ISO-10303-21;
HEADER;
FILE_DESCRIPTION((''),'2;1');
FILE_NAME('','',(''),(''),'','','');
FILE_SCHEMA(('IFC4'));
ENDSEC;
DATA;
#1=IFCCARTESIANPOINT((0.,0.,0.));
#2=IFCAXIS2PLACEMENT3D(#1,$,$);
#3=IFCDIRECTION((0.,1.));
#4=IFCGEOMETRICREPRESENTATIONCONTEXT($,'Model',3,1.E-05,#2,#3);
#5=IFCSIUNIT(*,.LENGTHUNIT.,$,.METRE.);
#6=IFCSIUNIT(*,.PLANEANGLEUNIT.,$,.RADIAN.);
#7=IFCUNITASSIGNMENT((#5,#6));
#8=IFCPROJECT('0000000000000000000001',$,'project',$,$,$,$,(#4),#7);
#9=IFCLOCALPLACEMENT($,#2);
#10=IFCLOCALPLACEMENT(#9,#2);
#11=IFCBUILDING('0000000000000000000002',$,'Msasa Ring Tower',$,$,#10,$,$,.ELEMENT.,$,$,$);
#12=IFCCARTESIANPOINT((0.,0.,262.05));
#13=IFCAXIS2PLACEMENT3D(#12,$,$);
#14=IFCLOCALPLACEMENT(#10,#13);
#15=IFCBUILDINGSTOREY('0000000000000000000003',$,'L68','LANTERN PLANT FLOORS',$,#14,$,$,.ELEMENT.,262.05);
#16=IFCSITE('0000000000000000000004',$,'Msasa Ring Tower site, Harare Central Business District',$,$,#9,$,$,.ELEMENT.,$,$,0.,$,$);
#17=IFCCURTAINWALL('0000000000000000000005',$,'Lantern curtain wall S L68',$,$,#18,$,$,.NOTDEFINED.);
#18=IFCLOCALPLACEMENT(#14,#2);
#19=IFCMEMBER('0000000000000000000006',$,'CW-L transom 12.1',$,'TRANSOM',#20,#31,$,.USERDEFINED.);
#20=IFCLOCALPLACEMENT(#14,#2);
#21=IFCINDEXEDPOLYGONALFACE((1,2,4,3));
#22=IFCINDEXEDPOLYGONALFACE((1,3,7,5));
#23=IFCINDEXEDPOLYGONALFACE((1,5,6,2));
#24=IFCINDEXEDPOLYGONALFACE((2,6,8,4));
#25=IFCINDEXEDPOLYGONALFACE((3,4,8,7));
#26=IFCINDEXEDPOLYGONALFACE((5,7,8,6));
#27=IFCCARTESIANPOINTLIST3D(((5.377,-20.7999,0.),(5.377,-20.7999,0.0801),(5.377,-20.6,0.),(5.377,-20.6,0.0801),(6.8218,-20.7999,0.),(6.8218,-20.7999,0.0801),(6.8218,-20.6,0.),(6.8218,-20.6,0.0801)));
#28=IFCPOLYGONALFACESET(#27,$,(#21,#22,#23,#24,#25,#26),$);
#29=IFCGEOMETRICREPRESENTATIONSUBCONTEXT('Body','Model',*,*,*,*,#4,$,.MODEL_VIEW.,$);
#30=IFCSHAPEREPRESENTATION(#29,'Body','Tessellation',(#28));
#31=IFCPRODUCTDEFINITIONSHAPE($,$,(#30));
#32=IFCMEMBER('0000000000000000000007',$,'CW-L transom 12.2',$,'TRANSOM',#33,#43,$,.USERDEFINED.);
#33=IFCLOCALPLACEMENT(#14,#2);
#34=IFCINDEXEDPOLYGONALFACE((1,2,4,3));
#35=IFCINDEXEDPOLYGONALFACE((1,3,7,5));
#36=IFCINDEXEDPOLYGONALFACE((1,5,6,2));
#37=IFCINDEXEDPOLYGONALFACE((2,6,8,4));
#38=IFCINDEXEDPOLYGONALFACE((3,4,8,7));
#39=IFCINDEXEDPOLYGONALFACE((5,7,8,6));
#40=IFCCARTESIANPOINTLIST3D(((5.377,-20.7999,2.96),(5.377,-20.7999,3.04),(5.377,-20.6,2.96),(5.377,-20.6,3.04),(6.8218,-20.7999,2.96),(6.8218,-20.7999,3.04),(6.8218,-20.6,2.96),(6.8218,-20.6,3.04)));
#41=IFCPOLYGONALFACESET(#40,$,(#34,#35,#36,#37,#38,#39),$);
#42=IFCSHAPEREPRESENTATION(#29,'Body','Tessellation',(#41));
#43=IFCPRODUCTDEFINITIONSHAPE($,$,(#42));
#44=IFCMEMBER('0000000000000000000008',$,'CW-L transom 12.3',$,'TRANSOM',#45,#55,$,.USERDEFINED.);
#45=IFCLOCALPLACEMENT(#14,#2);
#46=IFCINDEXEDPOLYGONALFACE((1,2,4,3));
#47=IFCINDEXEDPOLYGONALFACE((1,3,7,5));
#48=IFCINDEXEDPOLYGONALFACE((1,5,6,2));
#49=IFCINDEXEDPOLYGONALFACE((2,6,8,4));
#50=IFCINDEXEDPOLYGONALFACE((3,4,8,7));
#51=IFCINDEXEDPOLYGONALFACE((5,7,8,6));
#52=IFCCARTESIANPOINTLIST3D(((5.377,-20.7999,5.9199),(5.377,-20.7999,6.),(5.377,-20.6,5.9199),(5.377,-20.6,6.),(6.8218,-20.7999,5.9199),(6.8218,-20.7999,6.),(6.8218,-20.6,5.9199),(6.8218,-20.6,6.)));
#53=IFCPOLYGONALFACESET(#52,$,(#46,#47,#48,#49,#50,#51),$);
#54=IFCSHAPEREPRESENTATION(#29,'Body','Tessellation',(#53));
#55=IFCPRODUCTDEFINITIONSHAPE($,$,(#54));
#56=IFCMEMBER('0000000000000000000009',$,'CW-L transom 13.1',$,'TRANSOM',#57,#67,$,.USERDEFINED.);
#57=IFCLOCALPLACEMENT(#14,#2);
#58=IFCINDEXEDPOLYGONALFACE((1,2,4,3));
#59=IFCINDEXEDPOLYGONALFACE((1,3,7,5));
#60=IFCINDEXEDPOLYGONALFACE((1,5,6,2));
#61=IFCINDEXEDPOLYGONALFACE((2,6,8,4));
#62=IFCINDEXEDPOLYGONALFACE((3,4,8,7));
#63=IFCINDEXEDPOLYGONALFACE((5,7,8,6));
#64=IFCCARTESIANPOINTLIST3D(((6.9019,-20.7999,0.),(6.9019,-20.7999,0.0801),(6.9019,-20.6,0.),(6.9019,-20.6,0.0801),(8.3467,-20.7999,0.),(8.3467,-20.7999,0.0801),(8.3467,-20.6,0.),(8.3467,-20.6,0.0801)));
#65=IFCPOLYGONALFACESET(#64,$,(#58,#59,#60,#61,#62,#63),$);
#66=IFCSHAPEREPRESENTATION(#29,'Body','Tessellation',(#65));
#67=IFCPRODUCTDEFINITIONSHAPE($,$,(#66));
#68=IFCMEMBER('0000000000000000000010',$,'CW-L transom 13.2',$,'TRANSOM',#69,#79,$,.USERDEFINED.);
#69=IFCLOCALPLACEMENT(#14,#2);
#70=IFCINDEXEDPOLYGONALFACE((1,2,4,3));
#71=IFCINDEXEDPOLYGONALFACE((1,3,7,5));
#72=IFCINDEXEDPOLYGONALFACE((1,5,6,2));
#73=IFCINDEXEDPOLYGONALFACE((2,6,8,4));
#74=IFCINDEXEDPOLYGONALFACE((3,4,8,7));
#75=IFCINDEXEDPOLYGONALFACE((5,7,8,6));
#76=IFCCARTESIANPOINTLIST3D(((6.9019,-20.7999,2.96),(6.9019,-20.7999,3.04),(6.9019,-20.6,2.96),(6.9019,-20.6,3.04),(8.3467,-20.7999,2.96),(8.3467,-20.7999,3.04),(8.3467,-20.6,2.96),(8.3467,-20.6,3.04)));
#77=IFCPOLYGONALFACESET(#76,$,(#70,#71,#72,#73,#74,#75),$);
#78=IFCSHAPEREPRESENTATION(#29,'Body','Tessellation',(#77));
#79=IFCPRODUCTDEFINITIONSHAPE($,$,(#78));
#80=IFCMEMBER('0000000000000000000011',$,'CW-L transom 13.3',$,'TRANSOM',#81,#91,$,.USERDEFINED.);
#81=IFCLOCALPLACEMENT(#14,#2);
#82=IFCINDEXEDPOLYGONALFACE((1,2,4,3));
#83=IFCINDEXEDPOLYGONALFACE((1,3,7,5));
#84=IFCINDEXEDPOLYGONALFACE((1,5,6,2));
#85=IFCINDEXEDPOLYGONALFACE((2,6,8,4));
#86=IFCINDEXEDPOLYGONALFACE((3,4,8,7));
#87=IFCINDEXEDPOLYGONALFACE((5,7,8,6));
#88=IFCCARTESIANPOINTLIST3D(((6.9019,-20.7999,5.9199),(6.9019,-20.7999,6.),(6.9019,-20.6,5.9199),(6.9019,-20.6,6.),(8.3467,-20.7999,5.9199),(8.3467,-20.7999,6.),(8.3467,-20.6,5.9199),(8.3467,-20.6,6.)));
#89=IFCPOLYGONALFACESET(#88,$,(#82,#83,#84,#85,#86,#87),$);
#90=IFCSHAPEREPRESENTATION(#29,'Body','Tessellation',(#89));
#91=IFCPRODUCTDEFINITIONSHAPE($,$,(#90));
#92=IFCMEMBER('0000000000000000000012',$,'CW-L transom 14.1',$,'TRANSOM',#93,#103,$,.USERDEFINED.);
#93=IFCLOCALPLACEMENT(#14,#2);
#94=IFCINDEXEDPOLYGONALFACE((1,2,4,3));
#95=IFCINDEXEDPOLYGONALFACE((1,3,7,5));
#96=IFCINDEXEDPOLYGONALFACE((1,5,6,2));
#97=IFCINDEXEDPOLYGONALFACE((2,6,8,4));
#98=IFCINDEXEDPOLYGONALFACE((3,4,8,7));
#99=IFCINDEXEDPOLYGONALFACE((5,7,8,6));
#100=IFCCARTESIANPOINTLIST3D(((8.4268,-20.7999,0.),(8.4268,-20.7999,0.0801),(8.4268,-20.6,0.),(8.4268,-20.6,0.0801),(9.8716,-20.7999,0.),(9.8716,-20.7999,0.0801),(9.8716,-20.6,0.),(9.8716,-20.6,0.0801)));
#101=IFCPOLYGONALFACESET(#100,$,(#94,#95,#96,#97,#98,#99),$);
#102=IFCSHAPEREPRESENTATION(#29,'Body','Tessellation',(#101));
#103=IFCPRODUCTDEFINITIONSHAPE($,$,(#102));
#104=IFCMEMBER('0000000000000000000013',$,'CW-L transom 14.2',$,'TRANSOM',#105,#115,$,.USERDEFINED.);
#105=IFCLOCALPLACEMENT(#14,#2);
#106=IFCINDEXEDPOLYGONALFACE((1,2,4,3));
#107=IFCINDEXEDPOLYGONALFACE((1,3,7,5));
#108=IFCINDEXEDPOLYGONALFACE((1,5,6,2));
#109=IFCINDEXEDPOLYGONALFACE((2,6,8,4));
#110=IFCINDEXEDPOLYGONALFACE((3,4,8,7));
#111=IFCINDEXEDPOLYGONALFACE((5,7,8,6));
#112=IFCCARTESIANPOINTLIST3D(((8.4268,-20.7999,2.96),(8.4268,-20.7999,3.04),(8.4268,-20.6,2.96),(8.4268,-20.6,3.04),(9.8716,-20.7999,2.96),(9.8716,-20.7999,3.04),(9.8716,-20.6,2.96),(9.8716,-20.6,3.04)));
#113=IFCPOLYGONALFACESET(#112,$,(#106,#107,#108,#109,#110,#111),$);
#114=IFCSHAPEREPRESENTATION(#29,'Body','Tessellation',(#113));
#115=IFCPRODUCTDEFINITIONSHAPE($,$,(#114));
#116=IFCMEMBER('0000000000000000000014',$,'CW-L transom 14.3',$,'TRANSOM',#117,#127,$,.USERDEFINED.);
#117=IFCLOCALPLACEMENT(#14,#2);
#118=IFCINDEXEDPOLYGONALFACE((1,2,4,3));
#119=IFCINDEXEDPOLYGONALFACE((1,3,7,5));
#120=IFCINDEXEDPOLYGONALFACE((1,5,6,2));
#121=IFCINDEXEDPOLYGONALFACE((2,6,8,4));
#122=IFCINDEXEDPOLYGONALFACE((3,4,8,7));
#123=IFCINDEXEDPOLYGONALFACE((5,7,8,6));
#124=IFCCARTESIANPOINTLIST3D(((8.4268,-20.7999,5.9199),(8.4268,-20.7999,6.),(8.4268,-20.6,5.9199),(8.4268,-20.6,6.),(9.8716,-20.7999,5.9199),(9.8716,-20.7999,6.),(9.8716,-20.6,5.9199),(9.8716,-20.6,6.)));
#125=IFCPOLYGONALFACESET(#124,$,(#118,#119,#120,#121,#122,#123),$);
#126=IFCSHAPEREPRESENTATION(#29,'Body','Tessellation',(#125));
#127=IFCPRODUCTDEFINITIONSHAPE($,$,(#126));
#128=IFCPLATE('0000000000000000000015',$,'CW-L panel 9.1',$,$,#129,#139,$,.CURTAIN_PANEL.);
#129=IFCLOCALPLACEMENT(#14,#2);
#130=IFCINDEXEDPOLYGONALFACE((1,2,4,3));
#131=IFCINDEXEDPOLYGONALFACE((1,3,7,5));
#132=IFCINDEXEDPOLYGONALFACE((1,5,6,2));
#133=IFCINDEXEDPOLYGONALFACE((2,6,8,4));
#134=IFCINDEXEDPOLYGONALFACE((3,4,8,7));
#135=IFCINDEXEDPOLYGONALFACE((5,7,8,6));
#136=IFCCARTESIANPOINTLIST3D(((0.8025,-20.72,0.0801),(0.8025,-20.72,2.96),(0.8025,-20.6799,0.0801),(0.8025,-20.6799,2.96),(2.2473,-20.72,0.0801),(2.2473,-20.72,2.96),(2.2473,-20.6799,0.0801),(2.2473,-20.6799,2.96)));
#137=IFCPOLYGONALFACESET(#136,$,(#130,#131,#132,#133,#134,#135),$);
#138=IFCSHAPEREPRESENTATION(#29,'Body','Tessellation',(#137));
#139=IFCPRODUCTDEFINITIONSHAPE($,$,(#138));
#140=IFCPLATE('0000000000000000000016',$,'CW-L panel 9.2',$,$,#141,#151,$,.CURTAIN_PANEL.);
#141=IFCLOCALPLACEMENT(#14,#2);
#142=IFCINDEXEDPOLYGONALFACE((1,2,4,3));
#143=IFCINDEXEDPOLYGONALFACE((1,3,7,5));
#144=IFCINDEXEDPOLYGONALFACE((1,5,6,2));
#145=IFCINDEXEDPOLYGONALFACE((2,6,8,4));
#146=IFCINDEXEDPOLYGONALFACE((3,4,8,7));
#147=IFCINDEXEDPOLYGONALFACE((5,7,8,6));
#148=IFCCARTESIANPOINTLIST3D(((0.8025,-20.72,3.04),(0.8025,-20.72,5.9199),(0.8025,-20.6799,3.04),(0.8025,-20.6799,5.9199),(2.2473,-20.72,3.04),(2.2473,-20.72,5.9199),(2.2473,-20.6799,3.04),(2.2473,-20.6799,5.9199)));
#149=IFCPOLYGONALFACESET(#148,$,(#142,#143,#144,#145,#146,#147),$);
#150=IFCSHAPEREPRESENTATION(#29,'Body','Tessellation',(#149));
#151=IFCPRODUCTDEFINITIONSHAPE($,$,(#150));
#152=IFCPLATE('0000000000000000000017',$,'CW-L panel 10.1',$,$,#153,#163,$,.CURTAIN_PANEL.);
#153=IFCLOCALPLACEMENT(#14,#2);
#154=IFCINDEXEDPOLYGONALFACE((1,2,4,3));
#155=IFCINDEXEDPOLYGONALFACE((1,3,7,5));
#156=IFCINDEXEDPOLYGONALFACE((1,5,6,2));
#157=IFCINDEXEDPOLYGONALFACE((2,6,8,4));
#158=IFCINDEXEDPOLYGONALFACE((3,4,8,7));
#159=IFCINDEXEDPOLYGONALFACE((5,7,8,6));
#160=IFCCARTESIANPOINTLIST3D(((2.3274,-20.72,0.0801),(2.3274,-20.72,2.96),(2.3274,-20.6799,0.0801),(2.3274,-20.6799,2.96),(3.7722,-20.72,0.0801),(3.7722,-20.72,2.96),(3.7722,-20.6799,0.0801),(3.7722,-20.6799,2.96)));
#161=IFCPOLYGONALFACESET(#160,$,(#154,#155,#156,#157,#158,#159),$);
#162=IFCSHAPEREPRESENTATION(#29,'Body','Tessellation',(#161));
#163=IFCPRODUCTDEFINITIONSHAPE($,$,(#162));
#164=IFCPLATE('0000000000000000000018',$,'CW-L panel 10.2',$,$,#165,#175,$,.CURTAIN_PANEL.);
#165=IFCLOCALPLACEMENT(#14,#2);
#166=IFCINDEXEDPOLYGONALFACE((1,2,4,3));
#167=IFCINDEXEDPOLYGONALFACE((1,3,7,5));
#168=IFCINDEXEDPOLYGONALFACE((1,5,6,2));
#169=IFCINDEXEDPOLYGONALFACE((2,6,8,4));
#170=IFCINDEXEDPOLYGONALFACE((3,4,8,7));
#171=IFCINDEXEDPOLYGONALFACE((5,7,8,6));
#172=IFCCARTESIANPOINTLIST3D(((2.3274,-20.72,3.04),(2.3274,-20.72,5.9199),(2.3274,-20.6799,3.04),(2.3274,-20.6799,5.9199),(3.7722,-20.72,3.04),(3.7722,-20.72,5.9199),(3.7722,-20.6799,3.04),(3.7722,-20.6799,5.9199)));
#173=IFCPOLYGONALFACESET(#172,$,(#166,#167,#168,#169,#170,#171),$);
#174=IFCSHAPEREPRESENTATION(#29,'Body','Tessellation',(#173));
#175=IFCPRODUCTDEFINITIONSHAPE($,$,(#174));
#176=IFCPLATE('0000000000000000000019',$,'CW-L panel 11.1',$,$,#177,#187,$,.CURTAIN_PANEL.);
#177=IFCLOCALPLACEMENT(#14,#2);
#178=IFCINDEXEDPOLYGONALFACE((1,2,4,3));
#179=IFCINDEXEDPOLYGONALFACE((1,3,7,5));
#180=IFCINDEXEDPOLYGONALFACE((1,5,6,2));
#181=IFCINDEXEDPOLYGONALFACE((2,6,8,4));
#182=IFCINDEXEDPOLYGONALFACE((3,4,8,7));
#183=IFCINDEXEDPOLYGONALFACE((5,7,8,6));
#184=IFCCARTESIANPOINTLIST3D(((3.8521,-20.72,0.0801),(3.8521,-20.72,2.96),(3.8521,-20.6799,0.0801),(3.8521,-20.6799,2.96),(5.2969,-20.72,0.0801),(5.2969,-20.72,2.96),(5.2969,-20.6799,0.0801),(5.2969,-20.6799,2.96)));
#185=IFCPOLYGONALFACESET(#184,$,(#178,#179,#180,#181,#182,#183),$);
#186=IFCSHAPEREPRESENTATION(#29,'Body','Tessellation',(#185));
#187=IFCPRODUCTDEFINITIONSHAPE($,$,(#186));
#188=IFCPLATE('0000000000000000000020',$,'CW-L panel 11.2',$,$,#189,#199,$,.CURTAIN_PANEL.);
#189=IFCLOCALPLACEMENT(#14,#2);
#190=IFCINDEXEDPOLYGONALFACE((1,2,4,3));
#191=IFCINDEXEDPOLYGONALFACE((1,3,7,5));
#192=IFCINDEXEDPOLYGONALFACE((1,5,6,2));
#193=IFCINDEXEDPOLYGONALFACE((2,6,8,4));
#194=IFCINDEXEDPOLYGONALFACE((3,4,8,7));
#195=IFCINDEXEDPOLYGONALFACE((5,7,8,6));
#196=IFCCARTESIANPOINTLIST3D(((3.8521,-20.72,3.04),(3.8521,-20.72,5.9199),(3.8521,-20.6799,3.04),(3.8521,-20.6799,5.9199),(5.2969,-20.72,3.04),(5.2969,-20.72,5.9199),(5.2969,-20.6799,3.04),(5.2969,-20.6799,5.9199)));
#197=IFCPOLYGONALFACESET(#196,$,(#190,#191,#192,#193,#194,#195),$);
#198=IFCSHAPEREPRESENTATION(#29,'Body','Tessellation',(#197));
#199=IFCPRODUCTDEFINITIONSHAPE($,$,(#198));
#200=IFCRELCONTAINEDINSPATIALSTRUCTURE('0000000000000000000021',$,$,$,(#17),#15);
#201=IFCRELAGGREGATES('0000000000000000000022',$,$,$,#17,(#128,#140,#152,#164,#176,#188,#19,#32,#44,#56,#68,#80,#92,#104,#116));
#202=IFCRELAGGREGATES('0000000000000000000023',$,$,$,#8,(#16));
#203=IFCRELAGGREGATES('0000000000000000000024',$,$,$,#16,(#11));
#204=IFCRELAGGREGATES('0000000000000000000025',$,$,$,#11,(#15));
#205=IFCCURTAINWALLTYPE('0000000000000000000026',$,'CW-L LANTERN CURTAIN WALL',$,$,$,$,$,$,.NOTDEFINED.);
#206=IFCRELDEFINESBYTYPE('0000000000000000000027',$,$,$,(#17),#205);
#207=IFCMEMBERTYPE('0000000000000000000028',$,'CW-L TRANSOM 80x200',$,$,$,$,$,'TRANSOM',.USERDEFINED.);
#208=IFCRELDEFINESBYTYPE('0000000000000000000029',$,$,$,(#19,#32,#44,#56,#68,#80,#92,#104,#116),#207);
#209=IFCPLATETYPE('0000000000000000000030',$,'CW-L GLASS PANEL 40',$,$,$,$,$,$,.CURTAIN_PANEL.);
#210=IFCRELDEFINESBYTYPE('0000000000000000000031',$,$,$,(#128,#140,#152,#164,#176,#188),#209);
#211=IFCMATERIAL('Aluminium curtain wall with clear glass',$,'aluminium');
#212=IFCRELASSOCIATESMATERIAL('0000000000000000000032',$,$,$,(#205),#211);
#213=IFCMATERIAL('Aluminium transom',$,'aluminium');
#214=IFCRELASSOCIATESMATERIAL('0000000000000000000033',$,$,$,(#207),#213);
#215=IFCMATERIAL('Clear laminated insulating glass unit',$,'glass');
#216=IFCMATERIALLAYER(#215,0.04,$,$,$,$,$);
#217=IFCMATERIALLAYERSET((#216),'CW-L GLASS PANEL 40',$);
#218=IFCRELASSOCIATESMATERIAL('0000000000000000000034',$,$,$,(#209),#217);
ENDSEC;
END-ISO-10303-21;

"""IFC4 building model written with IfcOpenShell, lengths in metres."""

from ifc_helpers import new_model, si_unit, direction, frame, origin, origin_2d, place, context, subcontext, project, spatial, rectangle, extrude, material, layer, layer_set, material_profile, profile_set, type_object, element, aggregate, save


model = new_model("IFC4")

# Units and contexts
model_context = context("Model", 3, precision=1e-05, world=origin(), true_north=direction((0.0, 1.0)))
body_context = subcontext(model_context, "Body", "Model", "MODEL_VIEW")
ifc_project = project(units=[si_unit("LENGTHUNIT", "METRE"), si_unit("PLANEANGLEUNIT", "RADIAN")], contexts=[model_context])

# Site, building, storey
site_placement = place(None, origin())
site = spatial("IfcSite", under=ifc_project, at=site_placement, Name="Msasa Ring Tower site, Harare Central Business District", CompositionType="ELEMENT", RefElevation=0.0)
building_placement = place(site_placement, origin())
building = spatial("IfcBuilding", under=site, at=building_placement, Name="Msasa Ring Tower", CompositionType="ELEMENT")
storey_placement = place(building_placement, frame((0.0, 0.0, 262.05)))
storey = spatial("IfcBuildingStorey", under=building, at=storey_placement, Name="L68", Description="LANTERN PLANT FLOORS", CompositionType="ELEMENT", Elevation=262.05)

# Curtain wall, members, plates
ifc_material_1 = material(Name="Aluminium curtain wall with clear glass", Category="aluminium")
curtain_wall_type = type_object("IfcCurtainWallType", Name="CW-L LANTERN CURTAIN WALL", PredefinedType="NOTDEFINED", material=ifc_material_1)
curtain_wall_placement = place(storey_placement, origin())
curtain_wall = element("IfcCurtainWall", 1, at=curtain_wall_placement, inside=storey, type_object=curtain_wall_type, Name="Lantern curtain wall S L68", PredefinedType="NOTDEFINED")
ifc_material_2 = material(Name="Aluminium transom", Category="aluminium")
ifc_material_profile_1 = material_profile(ifc_material_2, rectangle(XDim=0.2, YDim=0.0801, at=origin_2d()), Name="AL 80x200")
ifc_profile_set_1 = profile_set([ifc_material_profile_1], Name="Aluminium transom")
member_type_1 = type_object("IfcMemberType", Name="CW-L TRANSOM 80x200", ElementType="TRANSOM", PredefinedType="USERDEFINED", material=ifc_profile_set_1)
member_1_placement = place(storey_placement, frame((5.377, -20.7, 0.04), z_axis=(1.0, 0.0, 0.0), x_axis=(0.0, 1.0, 0.0)))
member_1 = element("IfcMember", 2, at=member_1_placement, type_object=member_type_1, Name="CW-L transom 12.1", ObjectType="TRANSOM", PredefinedType="USERDEFINED", context=body_context, shape_type="SweptSolid", body=[
    extrude(rectangle(XDim=0.2, YDim=0.0801, at=origin_2d()), origin(), (0.0, 0.0, 1.0), 1.4448),
])
member_2_placement = place(storey_placement, frame((5.377, -20.7, 3.0), z_axis=(1.0, 0.0, 0.0), x_axis=(0.0, 1.0, 0.0)))
member_2 = element("IfcMember", 3, at=member_2_placement, type_object=member_type_1, Name="CW-L transom 12.2", ObjectType="TRANSOM", PredefinedType="USERDEFINED", context=body_context, shape_type="SweptSolid", body=[
    extrude(rectangle(XDim=0.2, YDim=0.0801, at=origin_2d()), origin(), (0.0, 0.0, 1.0), 1.4448),
])
member_3_placement = place(storey_placement, frame((5.377, -20.7, 5.96), z_axis=(1.0, 0.0, 0.0), x_axis=(0.0, 1.0, 0.0)))
member_3 = element("IfcMember", 4, at=member_3_placement, type_object=member_type_1, Name="CW-L transom 12.3", ObjectType="TRANSOM", PredefinedType="USERDEFINED", context=body_context, shape_type="SweptSolid", body=[
    extrude(rectangle(XDim=0.2, YDim=0.0801, at=origin_2d()), origin(), (0.0, 0.0, 1.0), 1.4448),
])
member_4_placement = place(storey_placement, frame((6.9019, -20.7, 0.04), z_axis=(1.0, 0.0, 0.0), x_axis=(0.0, 1.0, 0.0)))
member_4 = element("IfcMember", 5, at=member_4_placement, type_object=member_type_1, Name="CW-L transom 13.1", ObjectType="TRANSOM", PredefinedType="USERDEFINED", context=body_context, shape_type="SweptSolid", body=[
    extrude(rectangle(XDim=0.2, YDim=0.0801, at=origin_2d()), origin(), (0.0, 0.0, 1.0), 1.4448),
])
member_5_placement = place(storey_placement, frame((6.9019, -20.7, 3.0), z_axis=(1.0, 0.0, 0.0), x_axis=(0.0, 1.0, 0.0)))
member_5 = element("IfcMember", 6, at=member_5_placement, type_object=member_type_1, Name="CW-L transom 13.2", ObjectType="TRANSOM", PredefinedType="USERDEFINED", context=body_context, shape_type="SweptSolid", body=[
    extrude(rectangle(XDim=0.2, YDim=0.0801, at=origin_2d()), origin(), (0.0, 0.0, 1.0), 1.4448),
])
member_6_placement = place(storey_placement, frame((6.9019, -20.7, 5.96), z_axis=(1.0, 0.0, 0.0), x_axis=(0.0, 1.0, 0.0)))
member_6 = element("IfcMember", 7, at=member_6_placement, type_object=member_type_1, Name="CW-L transom 13.3", ObjectType="TRANSOM", PredefinedType="USERDEFINED", context=body_context, shape_type="SweptSolid", body=[
    extrude(rectangle(XDim=0.2, YDim=0.0801, at=origin_2d()), origin(), (0.0, 0.0, 1.0), 1.4448),
])
member_7_placement = place(storey_placement, frame((8.4268, -20.7, 0.04), z_axis=(1.0, 0.0, 0.0), x_axis=(0.0, 1.0, 0.0)))
member_7 = element("IfcMember", 8, at=member_7_placement, type_object=member_type_1, Name="CW-L transom 14.1", ObjectType="TRANSOM", PredefinedType="USERDEFINED", context=body_context, shape_type="SweptSolid", body=[
    extrude(rectangle(XDim=0.2, YDim=0.0801, at=origin_2d()), origin(), (0.0, 0.0, 1.0), 1.4448),
])
member_8_placement = place(storey_placement, frame((8.4268, -20.7, 3.0), z_axis=(1.0, 0.0, 0.0), x_axis=(0.0, 1.0, 0.0)))
member_8 = element("IfcMember", 9, at=member_8_placement, type_object=member_type_1, Name="CW-L transom 14.2", ObjectType="TRANSOM", PredefinedType="USERDEFINED", context=body_context, shape_type="SweptSolid", body=[
    extrude(rectangle(XDim=0.2, YDim=0.0801, at=origin_2d()), origin(), (0.0, 0.0, 1.0), 1.4448),
])
member_9_placement = place(storey_placement, frame((8.4268, -20.7, 5.96), z_axis=(1.0, 0.0, 0.0), x_axis=(0.0, 1.0, 0.0)))
member_9 = element("IfcMember", 10, at=member_9_placement, type_object=member_type_1, Name="CW-L transom 14.3", ObjectType="TRANSOM", PredefinedType="USERDEFINED", context=body_context, shape_type="SweptSolid", body=[
    extrude(rectangle(XDim=0.2, YDim=0.0801, at=origin_2d()), origin(), (0.0, 0.0, 1.0), 1.4448),
])
ifc_material_3 = material(Name="Clear laminated insulating glass unit", Category="glass")
ifc_layer = layer(ifc_material_3, 0.04)
ifc_layer_set = layer_set([ifc_layer], Name="CW-L GLASS PANEL 40")
plate_type = type_object("IfcPlateType", Name="CW-L GLASS PANEL 40", PredefinedType="CURTAIN_PANEL", material=ifc_layer_set)
plate_1_placement = place(storey_placement, frame((1.5249, -20.7, 0.0801), z_axis=(0.0, 0.0, 1.0), x_axis=(1.0, 0.0, 0.0)))
plate_1 = element("IfcPlate", 11, at=plate_1_placement, type_object=plate_type, Name="CW-L panel 9.1", PredefinedType="CURTAIN_PANEL", context=body_context, shape_type="SweptSolid", body=[
    extrude(rectangle(XDim=1.4448, YDim=0.04, at=origin_2d()), origin(), (0.0, 0.0, 1.0), 2.8799),
])
plate_2_placement = place(storey_placement, frame((1.5249, -20.7, 3.04), z_axis=(0.0, 0.0, 1.0), x_axis=(1.0, 0.0, 0.0)))
plate_2 = element("IfcPlate", 12, at=plate_2_placement, type_object=plate_type, Name="CW-L panel 9.2", PredefinedType="CURTAIN_PANEL", context=body_context, shape_type="SweptSolid", body=[
    extrude(rectangle(XDim=1.4448, YDim=0.04, at=origin_2d()), origin(), (0.0, 0.0, 1.0), 2.8799),
])
plate_3_placement = place(storey_placement, frame((3.0498, -20.7, 0.0801), z_axis=(0.0, 0.0, 1.0), x_axis=(1.0, 0.0, 0.0)))
plate_3 = element("IfcPlate", 13, at=plate_3_placement, type_object=plate_type, Name="CW-L panel 10.1", PredefinedType="CURTAIN_PANEL", context=body_context, shape_type="SweptSolid", body=[
    extrude(rectangle(XDim=1.4448, YDim=0.04, at=origin_2d()), origin(), (0.0, 0.0, 1.0), 2.8799),
])
plate_4_placement = place(storey_placement, frame((3.0498, -20.7, 3.04), z_axis=(0.0, 0.0, 1.0), x_axis=(1.0, 0.0, 0.0)))
plate_4 = element("IfcPlate", 14, at=plate_4_placement, type_object=plate_type, Name="CW-L panel 10.2", PredefinedType="CURTAIN_PANEL", context=body_context, shape_type="SweptSolid", body=[
    extrude(rectangle(XDim=1.4448, YDim=0.04, at=origin_2d()), origin(), (0.0, 0.0, 1.0), 2.8799),
])
plate_5_placement = place(storey_placement, frame((4.5745, -20.7, 0.0801), z_axis=(0.0, 0.0, 1.0), x_axis=(1.0, 0.0, 0.0)))
plate_5 = element("IfcPlate", 15, at=plate_5_placement, type_object=plate_type, Name="CW-L panel 11.1", PredefinedType="CURTAIN_PANEL", context=body_context, shape_type="SweptSolid", body=[
    extrude(rectangle(XDim=1.4448, YDim=0.04, at=origin_2d()), origin(), (0.0, 0.0, 1.0), 2.8799),
])
plate_6_placement = place(storey_placement, frame((4.5745, -20.7, 3.04), z_axis=(0.0, 0.0, 1.0), x_axis=(1.0, 0.0, 0.0)))
plate_6 = element("IfcPlate", 16, at=plate_6_placement, type_object=plate_type, Name="CW-L panel 11.2", PredefinedType="CURTAIN_PANEL", context=body_context, shape_type="SweptSolid", body=[
    extrude(rectangle(XDim=1.4448, YDim=0.04, at=origin_2d()), origin(), (0.0, 0.0, 1.0), 2.8799),
])
aggregate(curtain_wall, [plate_1, plate_2, plate_3, plate_4, plate_5, plate_6, member_1, member_2, member_3, member_4, member_5, member_6, member_7, member_8, member_9])

save(model, "model.ifc")
